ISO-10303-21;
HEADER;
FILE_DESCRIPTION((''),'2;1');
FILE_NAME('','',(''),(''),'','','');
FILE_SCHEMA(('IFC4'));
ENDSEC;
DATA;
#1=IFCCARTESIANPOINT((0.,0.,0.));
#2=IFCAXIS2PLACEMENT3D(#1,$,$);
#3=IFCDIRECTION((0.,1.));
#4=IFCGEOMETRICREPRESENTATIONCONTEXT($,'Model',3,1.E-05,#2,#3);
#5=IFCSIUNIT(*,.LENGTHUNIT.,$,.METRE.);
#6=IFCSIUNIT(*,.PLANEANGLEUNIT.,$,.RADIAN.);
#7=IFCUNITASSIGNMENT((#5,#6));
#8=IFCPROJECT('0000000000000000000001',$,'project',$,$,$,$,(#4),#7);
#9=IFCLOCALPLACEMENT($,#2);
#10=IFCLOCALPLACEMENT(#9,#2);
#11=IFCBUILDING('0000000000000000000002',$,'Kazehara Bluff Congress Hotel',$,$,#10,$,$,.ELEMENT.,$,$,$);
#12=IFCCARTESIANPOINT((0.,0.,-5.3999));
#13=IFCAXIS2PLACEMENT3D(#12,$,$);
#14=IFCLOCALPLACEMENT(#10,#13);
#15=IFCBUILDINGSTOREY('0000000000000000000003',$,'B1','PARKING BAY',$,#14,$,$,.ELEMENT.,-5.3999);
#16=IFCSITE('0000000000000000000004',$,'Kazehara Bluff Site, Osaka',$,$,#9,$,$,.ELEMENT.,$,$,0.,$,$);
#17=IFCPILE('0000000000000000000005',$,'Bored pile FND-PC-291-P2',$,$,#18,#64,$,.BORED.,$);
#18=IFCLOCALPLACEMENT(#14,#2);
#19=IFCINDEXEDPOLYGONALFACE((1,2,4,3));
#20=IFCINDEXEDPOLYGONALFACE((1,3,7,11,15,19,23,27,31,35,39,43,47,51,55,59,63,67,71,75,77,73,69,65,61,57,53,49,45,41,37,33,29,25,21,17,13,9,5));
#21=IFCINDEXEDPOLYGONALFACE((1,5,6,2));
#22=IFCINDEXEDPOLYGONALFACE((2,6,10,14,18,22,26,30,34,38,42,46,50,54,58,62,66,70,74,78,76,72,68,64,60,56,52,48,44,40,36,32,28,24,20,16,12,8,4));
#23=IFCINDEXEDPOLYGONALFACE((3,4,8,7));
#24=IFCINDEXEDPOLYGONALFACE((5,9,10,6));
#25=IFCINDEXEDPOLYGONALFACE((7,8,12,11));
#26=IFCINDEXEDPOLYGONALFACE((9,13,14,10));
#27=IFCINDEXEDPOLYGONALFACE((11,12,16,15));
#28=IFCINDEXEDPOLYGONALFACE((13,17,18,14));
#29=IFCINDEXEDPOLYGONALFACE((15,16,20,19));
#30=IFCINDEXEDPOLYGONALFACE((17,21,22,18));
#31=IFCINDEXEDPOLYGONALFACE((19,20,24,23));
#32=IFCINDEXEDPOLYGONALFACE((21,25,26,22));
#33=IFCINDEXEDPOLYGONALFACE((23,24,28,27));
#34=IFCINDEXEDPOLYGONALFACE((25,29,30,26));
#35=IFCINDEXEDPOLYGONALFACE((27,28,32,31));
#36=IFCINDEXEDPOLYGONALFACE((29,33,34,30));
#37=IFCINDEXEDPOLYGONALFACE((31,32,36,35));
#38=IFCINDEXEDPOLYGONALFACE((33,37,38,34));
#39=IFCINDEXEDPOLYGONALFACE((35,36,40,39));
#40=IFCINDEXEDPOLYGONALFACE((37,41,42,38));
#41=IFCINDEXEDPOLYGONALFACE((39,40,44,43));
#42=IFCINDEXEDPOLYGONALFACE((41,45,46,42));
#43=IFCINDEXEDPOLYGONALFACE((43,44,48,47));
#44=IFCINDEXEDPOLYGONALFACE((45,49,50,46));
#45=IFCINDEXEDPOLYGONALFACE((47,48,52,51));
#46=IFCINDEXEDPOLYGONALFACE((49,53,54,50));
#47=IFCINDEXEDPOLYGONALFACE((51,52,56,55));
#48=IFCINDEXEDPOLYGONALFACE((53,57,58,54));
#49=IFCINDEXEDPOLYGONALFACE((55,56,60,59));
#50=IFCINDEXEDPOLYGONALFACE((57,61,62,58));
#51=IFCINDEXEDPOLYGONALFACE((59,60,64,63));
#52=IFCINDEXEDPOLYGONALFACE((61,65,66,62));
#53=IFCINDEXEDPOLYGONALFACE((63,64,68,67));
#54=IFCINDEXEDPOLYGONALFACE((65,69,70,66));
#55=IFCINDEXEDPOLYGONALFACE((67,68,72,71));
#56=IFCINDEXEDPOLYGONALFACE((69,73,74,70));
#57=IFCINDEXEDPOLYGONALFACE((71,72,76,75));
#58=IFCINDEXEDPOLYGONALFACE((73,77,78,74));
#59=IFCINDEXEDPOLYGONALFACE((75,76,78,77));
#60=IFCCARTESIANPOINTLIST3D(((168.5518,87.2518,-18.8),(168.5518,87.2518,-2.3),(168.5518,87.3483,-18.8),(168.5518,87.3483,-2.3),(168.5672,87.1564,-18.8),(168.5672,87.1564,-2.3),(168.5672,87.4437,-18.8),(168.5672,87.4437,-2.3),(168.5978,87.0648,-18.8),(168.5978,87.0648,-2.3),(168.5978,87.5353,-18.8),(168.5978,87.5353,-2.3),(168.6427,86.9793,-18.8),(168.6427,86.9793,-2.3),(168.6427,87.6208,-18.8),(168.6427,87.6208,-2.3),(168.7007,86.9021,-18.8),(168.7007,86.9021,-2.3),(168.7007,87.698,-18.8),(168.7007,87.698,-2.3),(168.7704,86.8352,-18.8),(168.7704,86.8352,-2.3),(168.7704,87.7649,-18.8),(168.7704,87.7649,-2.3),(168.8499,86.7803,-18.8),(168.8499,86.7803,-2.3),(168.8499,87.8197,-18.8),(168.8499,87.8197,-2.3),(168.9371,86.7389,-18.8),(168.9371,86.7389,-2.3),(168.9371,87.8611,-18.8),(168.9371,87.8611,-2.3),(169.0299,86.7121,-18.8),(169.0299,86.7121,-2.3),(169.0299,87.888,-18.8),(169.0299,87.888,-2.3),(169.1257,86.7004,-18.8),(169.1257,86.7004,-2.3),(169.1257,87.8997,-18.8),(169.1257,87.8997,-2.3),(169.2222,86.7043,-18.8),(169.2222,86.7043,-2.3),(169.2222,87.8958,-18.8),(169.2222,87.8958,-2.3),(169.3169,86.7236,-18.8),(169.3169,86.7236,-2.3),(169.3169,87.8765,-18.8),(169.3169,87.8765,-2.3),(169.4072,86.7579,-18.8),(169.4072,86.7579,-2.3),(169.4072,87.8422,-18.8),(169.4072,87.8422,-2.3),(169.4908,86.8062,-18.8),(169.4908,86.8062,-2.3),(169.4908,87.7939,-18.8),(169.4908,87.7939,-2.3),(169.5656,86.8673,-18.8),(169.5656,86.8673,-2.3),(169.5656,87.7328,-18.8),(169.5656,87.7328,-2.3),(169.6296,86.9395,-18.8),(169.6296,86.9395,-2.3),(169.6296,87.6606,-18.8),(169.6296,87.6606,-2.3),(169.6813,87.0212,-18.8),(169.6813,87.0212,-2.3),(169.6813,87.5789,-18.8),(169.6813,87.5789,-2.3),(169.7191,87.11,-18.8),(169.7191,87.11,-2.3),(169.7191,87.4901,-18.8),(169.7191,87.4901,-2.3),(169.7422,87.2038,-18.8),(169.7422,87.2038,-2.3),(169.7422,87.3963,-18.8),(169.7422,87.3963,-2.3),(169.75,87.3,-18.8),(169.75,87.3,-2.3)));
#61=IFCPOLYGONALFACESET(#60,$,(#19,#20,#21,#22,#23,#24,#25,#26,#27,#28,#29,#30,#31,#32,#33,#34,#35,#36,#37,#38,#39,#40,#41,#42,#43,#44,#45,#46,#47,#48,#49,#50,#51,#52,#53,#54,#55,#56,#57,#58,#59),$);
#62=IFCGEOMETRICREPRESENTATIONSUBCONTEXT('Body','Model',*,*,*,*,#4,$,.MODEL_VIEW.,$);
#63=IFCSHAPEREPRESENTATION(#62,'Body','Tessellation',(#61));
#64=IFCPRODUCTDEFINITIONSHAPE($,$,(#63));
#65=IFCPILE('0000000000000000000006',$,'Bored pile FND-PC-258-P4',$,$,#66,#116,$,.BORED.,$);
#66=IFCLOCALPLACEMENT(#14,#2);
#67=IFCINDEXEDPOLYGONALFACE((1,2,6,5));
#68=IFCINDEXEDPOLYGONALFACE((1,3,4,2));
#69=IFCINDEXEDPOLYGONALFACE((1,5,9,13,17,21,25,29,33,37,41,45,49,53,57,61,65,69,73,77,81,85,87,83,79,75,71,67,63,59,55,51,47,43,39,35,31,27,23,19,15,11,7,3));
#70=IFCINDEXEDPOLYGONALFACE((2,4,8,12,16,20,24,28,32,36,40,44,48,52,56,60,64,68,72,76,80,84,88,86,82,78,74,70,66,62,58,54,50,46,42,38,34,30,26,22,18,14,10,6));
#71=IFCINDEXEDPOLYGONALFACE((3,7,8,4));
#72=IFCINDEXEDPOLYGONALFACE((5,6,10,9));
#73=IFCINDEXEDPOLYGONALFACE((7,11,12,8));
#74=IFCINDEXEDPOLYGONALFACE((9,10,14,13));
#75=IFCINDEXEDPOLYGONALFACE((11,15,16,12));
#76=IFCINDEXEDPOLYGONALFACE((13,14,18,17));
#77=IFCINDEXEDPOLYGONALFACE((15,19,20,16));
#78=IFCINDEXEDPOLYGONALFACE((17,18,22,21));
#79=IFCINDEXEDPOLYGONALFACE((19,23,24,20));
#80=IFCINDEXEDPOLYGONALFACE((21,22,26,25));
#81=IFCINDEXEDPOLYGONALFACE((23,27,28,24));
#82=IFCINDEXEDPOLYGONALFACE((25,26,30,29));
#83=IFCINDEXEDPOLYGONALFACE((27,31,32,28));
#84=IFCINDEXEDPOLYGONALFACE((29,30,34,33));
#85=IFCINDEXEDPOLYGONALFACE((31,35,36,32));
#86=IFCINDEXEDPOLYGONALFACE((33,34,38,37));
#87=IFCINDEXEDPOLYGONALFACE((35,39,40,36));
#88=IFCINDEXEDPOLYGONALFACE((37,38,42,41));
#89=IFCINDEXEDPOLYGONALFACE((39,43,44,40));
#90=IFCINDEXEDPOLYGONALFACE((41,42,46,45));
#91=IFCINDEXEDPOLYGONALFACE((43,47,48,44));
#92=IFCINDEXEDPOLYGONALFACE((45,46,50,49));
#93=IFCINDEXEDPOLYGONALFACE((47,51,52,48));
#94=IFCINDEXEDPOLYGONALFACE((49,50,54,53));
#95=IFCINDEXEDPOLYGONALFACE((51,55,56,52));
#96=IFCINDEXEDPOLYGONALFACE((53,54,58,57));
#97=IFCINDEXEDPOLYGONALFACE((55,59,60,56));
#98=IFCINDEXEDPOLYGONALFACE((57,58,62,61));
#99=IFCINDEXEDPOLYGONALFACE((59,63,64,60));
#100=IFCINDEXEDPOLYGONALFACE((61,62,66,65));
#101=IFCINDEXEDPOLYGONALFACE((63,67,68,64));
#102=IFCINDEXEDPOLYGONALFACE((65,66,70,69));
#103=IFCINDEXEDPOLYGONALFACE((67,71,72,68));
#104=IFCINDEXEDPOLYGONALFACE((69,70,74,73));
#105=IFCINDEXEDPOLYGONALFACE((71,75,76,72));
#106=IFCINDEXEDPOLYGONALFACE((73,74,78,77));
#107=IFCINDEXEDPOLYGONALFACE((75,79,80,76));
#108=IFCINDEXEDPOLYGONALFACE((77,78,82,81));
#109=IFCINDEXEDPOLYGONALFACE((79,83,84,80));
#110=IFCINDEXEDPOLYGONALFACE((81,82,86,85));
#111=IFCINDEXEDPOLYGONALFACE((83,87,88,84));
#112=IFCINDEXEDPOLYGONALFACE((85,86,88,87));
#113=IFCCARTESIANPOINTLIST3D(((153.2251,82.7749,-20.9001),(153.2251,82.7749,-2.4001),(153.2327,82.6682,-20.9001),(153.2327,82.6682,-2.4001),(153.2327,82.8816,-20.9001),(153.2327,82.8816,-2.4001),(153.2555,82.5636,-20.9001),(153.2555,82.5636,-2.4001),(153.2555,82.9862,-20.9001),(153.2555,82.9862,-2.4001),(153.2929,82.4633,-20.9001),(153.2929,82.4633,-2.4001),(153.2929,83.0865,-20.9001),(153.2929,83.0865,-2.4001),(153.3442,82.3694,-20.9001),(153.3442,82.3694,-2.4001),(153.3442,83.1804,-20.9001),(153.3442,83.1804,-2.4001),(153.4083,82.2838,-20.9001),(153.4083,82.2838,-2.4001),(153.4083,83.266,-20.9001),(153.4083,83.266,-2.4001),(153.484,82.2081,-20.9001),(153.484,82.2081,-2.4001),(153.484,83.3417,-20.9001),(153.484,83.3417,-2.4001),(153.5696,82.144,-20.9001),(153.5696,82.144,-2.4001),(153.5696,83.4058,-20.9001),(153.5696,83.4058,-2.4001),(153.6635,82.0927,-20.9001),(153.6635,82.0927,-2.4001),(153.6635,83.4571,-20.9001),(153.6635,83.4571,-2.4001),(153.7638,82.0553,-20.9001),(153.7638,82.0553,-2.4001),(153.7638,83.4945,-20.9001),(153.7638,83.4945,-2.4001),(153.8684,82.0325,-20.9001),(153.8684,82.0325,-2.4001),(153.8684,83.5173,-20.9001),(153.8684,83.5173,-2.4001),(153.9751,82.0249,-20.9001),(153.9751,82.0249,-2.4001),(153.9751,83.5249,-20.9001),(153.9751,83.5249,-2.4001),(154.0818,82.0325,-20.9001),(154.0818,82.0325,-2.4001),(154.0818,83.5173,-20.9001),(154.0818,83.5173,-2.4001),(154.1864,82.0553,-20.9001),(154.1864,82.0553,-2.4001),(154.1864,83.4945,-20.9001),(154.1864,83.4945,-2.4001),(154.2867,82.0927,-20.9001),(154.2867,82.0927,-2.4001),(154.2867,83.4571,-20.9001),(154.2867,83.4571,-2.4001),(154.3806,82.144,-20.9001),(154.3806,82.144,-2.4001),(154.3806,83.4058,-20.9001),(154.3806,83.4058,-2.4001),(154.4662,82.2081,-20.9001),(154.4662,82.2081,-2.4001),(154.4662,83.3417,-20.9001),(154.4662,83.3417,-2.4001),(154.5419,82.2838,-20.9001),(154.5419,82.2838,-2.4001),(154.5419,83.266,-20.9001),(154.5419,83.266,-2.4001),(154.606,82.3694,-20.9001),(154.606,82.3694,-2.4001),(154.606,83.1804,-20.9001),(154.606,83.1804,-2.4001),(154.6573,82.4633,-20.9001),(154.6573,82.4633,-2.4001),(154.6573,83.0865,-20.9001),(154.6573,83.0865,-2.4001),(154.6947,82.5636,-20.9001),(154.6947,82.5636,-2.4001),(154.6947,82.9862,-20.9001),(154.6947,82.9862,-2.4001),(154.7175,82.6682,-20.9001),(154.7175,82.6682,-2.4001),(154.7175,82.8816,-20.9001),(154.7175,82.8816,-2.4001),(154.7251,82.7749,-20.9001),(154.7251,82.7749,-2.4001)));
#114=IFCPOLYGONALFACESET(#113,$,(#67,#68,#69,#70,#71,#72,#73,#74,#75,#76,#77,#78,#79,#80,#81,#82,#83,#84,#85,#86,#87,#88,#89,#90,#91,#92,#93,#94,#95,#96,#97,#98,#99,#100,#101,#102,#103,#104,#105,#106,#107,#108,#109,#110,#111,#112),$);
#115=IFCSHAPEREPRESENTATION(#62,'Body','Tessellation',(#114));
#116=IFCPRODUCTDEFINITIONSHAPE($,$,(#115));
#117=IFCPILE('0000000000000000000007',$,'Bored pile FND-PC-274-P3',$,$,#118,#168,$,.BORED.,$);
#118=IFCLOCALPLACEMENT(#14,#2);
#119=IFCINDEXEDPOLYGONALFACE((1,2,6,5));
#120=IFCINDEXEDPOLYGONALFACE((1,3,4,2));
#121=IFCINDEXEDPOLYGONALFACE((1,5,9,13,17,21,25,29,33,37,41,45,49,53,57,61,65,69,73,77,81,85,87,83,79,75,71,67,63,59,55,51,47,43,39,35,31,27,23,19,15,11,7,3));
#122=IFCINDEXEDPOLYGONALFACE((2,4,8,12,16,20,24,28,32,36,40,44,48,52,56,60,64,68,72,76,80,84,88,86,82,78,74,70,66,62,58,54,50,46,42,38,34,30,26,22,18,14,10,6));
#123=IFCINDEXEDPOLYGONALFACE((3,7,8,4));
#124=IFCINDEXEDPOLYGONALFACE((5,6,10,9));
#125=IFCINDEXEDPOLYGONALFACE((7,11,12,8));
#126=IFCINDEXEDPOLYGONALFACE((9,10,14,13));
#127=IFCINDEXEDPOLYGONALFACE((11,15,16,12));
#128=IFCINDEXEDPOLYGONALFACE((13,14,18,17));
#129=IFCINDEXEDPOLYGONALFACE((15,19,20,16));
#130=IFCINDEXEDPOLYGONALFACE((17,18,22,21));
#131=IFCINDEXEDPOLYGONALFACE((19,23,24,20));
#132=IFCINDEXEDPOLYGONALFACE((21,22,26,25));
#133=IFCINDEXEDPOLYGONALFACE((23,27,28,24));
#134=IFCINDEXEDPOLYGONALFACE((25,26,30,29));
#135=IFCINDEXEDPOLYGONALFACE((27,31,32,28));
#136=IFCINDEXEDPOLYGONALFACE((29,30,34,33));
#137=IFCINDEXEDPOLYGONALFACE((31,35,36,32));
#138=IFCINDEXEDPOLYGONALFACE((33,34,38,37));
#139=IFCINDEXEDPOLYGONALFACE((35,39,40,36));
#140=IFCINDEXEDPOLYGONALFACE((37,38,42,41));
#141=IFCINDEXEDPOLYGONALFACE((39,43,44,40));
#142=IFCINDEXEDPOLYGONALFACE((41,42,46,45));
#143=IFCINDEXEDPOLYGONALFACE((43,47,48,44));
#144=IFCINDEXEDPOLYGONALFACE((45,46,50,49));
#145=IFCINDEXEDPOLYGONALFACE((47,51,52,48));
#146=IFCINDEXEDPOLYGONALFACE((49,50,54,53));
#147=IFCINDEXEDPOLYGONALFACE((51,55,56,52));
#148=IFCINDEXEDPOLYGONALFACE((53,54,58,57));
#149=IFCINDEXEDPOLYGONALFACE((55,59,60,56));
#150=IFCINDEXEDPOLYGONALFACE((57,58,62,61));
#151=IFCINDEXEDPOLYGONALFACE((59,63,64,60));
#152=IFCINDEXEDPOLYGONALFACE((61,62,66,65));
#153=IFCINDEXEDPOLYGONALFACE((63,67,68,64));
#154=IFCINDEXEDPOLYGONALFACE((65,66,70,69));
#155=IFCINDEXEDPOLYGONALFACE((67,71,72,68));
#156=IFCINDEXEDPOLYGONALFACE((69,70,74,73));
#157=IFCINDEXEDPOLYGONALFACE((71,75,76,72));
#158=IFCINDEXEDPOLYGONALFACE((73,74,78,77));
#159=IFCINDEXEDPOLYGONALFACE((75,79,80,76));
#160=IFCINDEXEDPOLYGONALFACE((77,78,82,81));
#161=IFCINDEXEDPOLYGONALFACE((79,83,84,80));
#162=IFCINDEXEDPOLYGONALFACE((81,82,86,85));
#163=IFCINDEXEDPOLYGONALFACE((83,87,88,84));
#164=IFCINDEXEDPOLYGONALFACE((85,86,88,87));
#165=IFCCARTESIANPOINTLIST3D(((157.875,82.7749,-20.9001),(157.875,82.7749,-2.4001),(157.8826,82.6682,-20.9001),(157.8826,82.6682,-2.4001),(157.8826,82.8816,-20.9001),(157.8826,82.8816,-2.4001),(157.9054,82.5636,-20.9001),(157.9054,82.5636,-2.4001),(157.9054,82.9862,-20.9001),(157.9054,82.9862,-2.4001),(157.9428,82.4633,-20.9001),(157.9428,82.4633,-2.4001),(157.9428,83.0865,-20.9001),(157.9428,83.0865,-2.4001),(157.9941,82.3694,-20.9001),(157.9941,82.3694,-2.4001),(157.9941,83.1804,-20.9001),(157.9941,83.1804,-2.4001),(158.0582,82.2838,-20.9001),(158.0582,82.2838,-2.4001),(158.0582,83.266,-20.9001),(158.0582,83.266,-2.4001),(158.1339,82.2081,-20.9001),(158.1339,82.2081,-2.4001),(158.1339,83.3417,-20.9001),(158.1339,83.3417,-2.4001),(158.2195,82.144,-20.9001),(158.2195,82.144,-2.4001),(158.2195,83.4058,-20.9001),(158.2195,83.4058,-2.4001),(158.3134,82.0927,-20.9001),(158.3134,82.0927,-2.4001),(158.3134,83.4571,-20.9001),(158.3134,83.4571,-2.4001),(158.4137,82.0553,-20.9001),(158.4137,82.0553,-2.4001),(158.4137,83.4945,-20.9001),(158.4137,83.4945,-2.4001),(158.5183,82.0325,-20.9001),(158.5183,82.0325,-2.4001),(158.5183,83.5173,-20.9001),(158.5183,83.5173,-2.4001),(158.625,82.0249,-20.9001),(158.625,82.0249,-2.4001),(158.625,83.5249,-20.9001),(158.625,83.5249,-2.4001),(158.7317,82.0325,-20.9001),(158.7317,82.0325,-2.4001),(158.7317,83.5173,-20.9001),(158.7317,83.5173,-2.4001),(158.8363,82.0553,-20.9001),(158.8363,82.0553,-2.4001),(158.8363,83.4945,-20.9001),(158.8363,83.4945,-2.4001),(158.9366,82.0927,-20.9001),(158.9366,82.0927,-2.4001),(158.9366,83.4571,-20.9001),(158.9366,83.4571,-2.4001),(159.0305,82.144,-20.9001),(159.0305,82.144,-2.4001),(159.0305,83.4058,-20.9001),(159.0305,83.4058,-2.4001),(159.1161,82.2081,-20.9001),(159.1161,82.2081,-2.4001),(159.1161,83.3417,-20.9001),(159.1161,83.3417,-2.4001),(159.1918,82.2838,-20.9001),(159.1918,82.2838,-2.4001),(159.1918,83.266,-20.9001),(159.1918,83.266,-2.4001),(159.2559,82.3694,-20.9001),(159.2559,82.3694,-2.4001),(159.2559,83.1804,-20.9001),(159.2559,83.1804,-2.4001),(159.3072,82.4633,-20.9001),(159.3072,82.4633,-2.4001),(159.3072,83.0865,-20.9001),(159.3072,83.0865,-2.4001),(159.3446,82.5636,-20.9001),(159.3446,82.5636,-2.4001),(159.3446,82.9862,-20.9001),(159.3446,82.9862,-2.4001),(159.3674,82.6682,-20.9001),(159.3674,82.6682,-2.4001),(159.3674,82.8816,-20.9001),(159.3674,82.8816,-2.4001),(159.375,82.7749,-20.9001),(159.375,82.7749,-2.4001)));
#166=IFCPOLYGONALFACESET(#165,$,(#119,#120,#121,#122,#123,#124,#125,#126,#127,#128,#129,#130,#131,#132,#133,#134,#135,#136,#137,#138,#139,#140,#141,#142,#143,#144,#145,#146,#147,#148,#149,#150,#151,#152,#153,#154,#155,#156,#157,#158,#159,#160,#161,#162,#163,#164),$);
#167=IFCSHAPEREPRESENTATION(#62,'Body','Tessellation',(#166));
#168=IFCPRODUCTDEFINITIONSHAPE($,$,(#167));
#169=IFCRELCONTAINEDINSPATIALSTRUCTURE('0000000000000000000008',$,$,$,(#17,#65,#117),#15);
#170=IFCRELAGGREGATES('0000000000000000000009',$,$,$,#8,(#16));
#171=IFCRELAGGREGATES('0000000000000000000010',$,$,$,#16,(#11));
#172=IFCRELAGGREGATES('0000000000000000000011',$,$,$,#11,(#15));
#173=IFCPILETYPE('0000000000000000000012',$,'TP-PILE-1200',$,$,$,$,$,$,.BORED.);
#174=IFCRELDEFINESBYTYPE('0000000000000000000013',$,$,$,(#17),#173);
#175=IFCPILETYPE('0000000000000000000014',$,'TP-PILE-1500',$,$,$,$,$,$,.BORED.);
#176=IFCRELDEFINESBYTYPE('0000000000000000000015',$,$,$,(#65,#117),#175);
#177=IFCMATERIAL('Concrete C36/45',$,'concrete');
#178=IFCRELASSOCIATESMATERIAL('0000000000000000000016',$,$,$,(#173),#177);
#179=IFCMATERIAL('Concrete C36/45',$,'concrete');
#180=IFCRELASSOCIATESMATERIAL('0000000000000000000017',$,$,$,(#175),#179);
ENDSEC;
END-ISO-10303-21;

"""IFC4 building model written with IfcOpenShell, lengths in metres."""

from ifc_helpers import new_model, si_unit, direction, frame, origin, origin_2d, place, context, subcontext, project, spatial, circle, extrude, material, material_profile, profile_set, type_object, element, save


model = new_model("IFC4")

# Units and contexts
model_context = context("Model", 3, precision=1e-05, world=origin(), true_north=direction((0.0, 1.0)))
body_context = subcontext(model_context, "Body", "Model", "MODEL_VIEW")
ifc_project = project(units=[si_unit("LENGTHUNIT", "METRE"), si_unit("PLANEANGLEUNIT", "RADIAN")], contexts=[model_context])

# Site, building, storey
site_placement = place(None, origin())
site = spatial("IfcSite", under=ifc_project, at=site_placement, Name="Kazehara Bluff Site, Osaka", CompositionType="ELEMENT", RefElevation=0.0)
building_placement = place(site_placement, origin())
building = spatial("IfcBuilding", under=site, at=building_placement, Name="Kazehara Bluff Congress Hotel", CompositionType="ELEMENT")
storey_placement = place(building_placement, frame((0.0, 0.0, -5.3999)))
storey = spatial("IfcBuildingStorey", under=building, at=storey_placement, Name="B1", Description="PARKING BAY", CompositionType="ELEMENT", Elevation=-5.3999)

# Piles
ifc_material_1 = material(Name="Concrete C36/45", Category="concrete")
ifc_material_profile_1 = material_profile(ifc_material_1, circle(Radius=0.6001, at=origin_2d()))
ifc_profile_set_1 = profile_set([ifc_material_profile_1], Name="Concrete C36/45")
pile_type_1 = type_object("IfcPileType", Name="TP-PILE-1200", PredefinedType="BORED", material=ifc_profile_set_1)
for number, where, z_axis, x_axis, name in (
    (1, (169.1499, 87.3, -2.3), (0.0, 0.0, -1.0), (1.0, 0.0, 0.0), "Bored pile FND-PC-291-P2"),
):
    element("IfcPile", number, at=place(storey_placement, frame(where, z_axis=z_axis, x_axis=x_axis)), inside=storey, type_object=pile_type_1, Name=name, PredefinedType="BORED", context=body_context, shape_type="SweptSolid", body=[
        extrude(circle(Radius=0.6001, at=origin_2d()), origin(), (0.0, 0.0, 1.0), 16.5),
    ])
ifc_material_2 = material(Name="Concrete C36/45", Category="concrete")
ifc_material_profile_2 = material_profile(ifc_material_2, circle(Radius=0.75, at=origin_2d()))
ifc_profile_set_2 = profile_set([ifc_material_profile_2], Name="Concrete C36/45")
pile_type_2 = type_object("IfcPileType", Name="TP-PILE-1500", PredefinedType="BORED", material=ifc_profile_set_2)
for number, where, z_axis, x_axis, name in (
    (2, (153.9751, 82.7749, -2.4001), (0.0, 0.0, -1.0), (1.0, 0.0, 0.0), "Bored pile FND-PC-258-P4"),
    (3, (158.625, 82.7749, -2.4001), (0.0, 0.0, -1.0), (1.0, 0.0, 0.0), "Bored pile FND-PC-274-P3"),
):
    element("IfcPile", number, at=place(storey_placement, frame(where, z_axis=z_axis, x_axis=x_axis)), inside=storey, type_object=pile_type_2, Name=name, PredefinedType="BORED", context=body_context, shape_type="SweptSolid", body=[
        extrude(circle(Radius=0.75, at=origin_2d()), origin(), (0.0, 0.0, 1.0), 18.5),
    ])

save(model, "model.ifc")
